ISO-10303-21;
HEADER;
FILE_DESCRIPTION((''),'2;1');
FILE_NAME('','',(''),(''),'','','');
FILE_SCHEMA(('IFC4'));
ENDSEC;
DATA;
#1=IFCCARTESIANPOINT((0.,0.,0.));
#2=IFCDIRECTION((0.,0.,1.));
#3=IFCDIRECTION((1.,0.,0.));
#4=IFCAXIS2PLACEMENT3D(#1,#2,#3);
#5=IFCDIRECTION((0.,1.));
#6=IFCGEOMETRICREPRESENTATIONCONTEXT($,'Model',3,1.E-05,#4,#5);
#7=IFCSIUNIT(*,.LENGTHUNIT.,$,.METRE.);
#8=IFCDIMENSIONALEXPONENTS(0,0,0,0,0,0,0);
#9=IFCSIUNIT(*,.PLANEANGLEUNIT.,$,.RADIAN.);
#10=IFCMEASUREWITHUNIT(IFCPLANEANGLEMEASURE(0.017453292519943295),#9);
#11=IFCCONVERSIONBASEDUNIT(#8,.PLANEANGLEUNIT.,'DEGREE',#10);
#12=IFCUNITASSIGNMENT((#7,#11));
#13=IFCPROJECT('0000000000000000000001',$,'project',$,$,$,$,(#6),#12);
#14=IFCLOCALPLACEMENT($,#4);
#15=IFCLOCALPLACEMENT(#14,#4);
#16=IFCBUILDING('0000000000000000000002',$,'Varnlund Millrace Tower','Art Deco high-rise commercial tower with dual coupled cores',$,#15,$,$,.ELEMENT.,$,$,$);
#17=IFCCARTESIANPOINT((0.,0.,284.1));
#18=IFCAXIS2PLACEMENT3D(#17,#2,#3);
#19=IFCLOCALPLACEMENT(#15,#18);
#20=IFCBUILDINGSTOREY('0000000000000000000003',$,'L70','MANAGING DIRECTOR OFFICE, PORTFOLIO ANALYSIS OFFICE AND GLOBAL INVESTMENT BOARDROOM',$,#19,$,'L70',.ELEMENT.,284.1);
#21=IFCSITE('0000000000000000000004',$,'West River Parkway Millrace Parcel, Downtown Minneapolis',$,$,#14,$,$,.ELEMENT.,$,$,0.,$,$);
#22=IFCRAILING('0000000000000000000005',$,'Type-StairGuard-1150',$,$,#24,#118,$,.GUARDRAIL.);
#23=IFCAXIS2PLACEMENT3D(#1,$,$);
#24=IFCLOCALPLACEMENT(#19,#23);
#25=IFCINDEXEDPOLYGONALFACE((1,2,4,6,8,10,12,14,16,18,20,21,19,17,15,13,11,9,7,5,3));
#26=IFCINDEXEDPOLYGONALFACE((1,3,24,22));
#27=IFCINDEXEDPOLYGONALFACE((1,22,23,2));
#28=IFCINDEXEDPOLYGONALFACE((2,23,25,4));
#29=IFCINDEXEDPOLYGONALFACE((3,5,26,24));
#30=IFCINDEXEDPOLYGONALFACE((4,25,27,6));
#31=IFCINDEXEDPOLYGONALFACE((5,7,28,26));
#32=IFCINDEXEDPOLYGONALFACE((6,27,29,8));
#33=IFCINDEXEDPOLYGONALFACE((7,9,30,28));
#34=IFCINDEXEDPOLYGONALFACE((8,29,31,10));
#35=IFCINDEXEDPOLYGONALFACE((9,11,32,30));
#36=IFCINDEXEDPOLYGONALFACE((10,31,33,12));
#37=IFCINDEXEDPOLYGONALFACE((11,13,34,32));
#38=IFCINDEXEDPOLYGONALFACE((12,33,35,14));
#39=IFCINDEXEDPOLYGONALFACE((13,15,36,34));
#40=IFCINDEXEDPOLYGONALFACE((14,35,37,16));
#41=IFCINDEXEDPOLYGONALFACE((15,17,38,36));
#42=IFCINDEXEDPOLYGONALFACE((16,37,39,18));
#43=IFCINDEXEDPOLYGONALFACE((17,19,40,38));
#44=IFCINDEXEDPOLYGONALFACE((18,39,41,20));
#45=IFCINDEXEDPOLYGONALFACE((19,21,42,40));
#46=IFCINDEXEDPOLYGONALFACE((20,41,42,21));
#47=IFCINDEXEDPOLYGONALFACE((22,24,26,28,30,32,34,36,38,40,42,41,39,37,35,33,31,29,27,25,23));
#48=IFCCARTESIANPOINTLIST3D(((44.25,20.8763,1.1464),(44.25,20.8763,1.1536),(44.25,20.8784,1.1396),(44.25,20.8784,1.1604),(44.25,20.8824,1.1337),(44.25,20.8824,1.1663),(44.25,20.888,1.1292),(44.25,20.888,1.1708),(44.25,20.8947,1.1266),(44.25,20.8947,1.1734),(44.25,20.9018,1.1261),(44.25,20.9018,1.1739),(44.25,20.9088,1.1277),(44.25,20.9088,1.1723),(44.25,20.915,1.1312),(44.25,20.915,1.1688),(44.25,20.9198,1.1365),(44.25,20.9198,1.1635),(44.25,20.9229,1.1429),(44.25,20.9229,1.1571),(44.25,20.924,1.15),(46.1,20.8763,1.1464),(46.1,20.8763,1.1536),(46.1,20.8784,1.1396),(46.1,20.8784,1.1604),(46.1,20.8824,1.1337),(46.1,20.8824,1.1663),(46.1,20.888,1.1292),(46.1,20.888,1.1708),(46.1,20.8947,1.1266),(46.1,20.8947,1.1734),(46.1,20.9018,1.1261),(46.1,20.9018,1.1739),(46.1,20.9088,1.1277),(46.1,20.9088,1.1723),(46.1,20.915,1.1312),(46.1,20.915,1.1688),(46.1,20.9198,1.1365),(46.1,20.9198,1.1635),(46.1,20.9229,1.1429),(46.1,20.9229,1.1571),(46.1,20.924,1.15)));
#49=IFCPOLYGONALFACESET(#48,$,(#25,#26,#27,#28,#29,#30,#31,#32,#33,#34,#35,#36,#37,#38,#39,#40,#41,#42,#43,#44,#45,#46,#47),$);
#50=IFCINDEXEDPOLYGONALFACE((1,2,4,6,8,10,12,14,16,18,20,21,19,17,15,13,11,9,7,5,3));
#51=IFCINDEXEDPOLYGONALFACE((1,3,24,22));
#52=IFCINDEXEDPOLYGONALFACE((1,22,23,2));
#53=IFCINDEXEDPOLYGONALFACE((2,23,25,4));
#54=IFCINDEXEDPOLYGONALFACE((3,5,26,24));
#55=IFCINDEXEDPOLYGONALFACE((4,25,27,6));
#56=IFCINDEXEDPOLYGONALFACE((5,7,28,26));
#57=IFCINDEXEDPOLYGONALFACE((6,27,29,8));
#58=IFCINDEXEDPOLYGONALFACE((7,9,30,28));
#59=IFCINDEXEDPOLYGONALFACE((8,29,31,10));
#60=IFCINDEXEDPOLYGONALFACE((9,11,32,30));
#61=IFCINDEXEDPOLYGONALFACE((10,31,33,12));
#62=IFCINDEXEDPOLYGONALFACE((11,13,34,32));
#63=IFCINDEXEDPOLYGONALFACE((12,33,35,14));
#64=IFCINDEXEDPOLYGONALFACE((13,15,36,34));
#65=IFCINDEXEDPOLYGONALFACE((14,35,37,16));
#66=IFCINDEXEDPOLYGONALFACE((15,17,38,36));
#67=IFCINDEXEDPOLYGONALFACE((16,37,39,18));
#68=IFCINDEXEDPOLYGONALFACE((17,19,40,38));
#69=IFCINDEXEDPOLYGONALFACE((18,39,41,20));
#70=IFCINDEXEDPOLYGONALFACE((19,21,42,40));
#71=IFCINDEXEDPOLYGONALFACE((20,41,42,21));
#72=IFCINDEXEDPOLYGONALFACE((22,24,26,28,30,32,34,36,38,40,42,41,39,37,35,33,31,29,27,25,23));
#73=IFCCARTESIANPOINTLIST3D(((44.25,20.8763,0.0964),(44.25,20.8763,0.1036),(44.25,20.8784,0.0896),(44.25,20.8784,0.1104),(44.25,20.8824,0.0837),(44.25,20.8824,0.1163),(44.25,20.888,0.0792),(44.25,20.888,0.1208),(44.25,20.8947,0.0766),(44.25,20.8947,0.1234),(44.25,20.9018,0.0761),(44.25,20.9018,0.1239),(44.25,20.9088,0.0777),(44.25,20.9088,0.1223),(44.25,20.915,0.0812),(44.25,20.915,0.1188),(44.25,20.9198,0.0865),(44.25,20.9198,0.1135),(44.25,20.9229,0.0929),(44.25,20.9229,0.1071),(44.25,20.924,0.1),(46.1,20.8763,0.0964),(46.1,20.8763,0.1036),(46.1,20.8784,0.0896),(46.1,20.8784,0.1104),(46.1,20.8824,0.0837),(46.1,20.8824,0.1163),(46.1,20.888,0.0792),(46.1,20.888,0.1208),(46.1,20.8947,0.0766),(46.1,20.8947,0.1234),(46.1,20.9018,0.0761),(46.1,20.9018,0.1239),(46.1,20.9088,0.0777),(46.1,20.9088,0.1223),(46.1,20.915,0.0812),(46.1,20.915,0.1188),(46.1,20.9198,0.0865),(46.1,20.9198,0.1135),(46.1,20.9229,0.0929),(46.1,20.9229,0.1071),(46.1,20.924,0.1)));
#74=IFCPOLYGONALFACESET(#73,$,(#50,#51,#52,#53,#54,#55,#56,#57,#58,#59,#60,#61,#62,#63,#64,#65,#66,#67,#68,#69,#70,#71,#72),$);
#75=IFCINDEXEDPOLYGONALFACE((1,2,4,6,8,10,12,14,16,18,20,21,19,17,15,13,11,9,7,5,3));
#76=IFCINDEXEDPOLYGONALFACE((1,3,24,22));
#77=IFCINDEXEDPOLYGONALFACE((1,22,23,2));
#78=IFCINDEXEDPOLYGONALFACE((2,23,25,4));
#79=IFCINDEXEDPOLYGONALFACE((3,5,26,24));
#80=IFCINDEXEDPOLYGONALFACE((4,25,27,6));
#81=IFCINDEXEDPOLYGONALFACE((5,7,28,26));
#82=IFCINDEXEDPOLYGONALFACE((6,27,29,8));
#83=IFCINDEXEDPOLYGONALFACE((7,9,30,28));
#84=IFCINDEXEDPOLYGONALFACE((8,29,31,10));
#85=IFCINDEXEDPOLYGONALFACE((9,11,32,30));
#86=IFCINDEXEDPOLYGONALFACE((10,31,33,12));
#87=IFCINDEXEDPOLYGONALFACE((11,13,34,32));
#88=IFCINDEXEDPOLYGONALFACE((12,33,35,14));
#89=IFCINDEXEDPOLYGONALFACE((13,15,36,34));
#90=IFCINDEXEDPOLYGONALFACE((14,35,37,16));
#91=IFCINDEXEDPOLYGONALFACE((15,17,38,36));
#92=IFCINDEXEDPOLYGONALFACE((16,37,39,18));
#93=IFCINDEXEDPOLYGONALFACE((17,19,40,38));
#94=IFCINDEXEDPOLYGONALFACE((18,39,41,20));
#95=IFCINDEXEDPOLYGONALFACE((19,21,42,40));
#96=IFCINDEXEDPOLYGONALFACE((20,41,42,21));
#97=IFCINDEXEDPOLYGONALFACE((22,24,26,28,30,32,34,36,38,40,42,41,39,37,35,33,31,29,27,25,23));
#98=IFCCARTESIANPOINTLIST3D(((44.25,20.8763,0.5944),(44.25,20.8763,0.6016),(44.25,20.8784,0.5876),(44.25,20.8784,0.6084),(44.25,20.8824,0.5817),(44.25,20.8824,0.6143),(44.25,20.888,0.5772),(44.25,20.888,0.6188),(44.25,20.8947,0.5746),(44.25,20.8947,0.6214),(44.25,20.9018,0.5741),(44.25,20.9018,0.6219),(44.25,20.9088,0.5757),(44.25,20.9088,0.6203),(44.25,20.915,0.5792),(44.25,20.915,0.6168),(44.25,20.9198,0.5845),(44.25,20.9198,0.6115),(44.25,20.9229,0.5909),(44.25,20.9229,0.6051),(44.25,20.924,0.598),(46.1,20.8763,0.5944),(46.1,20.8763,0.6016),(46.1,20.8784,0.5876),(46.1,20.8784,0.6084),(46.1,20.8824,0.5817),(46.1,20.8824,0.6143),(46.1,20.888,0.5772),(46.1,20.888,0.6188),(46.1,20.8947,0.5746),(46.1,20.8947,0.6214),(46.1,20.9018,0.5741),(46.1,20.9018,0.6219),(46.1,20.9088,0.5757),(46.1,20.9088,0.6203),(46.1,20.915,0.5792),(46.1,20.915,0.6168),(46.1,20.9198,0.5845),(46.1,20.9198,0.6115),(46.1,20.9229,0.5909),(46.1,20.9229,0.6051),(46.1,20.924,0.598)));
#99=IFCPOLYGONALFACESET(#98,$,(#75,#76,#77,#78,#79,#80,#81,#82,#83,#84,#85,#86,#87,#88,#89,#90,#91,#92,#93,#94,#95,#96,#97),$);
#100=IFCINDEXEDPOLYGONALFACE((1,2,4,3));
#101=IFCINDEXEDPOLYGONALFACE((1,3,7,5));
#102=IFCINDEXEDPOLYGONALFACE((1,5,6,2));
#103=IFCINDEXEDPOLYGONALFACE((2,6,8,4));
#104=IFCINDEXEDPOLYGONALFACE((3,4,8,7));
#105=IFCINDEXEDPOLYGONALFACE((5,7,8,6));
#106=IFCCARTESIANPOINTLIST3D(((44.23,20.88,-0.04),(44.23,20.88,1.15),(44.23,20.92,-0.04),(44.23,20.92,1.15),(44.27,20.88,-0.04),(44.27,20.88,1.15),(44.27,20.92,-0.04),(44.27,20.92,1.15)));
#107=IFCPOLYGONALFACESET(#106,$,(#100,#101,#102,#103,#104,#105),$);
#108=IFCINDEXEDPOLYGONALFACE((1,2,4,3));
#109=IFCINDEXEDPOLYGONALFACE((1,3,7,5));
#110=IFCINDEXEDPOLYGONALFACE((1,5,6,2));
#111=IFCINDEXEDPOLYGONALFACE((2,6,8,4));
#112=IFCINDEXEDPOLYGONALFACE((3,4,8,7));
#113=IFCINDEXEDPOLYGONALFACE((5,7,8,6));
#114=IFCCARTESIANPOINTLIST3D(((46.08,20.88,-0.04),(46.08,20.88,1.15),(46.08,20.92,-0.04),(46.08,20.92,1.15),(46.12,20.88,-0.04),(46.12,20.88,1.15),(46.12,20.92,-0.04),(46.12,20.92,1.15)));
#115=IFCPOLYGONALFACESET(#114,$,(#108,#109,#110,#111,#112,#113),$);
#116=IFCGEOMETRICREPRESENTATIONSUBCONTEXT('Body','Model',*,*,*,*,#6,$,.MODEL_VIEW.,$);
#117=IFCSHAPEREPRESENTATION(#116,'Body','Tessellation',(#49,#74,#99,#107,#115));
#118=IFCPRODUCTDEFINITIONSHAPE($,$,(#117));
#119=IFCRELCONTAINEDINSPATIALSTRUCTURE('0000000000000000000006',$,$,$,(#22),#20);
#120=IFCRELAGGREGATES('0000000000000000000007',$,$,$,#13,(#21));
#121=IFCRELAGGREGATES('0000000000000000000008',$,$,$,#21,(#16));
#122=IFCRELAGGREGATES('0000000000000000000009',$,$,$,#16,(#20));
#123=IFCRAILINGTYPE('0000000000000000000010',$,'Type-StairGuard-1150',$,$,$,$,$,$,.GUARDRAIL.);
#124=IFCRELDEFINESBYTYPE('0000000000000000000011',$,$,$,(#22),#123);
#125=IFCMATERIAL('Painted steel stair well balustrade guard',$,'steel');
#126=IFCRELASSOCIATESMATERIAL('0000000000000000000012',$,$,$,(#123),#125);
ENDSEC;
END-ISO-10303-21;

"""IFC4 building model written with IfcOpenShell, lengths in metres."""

from ifc_helpers import new_model, entity, si_unit, converted_unit, direction, frame, origin_with_axes, origin_2d_with_axis, place, context, subcontext, project, spatial, rectangle, circle, extrude, material, type_object, element, save


model = new_model("IFC4")

# Units and contexts
model_context = context("Model", 3, precision=1e-05, world=origin_with_axes(), true_north=direction((0.0, 1.0)))
body_context = subcontext(model_context, "Body", "Model", "MODEL_VIEW")
ifc_project = project(units=[si_unit("LENGTHUNIT", "METRE"), converted_unit("PLANEANGLEUNIT", "DEGREE", entity("IfcPlaneAngleMeasure", 0.017453292519943295), si_unit("PLANEANGLEUNIT", "RADIAN"), dimensions=[0, 0, 0, 0, 0, 0, 0])], contexts=[model_context])

# Site, building, storey
site_placement = place(None, origin_with_axes())
site = spatial("IfcSite", under=ifc_project, at=site_placement, Name="West River Parkway Millrace Parcel, Downtown Minneapolis", CompositionType="ELEMENT", RefElevation=0.0)
building_placement = place(site_placement, origin_with_axes())
building = spatial("IfcBuilding", under=site, at=building_placement, Name="Varnlund Millrace Tower", Description="Art Deco high-rise commercial tower with dual coupled cores", CompositionType="ELEMENT")
storey_placement = place(building_placement, frame((0.0, 0.0, 284.1), z_axis=(0.0, 0.0, 1.0), x_axis=(1.0, 0.0, 0.0)))
storey = spatial("IfcBuildingStorey", under=building, at=storey_placement, Name="L70", Description="MANAGING DIRECTOR OFFICE, PORTFOLIO ANALYSIS OFFICE AND GLOBAL INVESTMENT BOARDROOM", LongName="L70", CompositionType="ELEMENT", Elevation=284.1)

# Railing
ifc_material_1 = material(Name="Painted steel stair well balustrade guard", Category="steel")
railing_type_1 = type_object("IfcRailingType", Name="Type-StairGuard-1150", PredefinedType="GUARDRAIL", material=ifc_material_1)
railing_1_placement = place(storey_placement, frame((0.0, 0.0, -284.1), z_axis=(0.0, 0.0, 1.0), x_axis=(1.0, 0.0, 0.0)))
element("IfcRailing", 1, at=railing_1_placement, inside=storey, type_object=railing_type_1, Name="Type-StairGuard-1150", PredefinedType="GUARDRAIL", context=body_context, shape_type="SweptSolid", body=[
    extrude(circle(Radius=0.024, at=origin_2d_with_axis()), frame((44.25, 20.9, 285.25), z_axis=(1.0, 0.0, 0.0), x_axis=(0.0, 1.0, 0.0)), (0.0, 0.0, 1.0), 1.85),
    extrude(circle(Radius=0.024, at=origin_2d_with_axis()), frame((44.25, 20.9, 284.2), z_axis=(1.0, 0.0, 0.0), x_axis=(0.0, 1.0, 0.0)), (0.0, 0.0, 1.0), 1.85),
    extrude(circle(Radius=0.024, at=origin_2d_with_axis()), frame((44.25, 20.9, 284.698), z_axis=(1.0, 0.0, 0.0), x_axis=(0.0, 1.0, 0.0)), (0.0, 0.0, 1.0), 1.85),
    extrude(rectangle(XDim=0.04, YDim=0.04, at=origin_2d_with_axis()), frame((44.25, 20.9, 284.06), z_axis=(0.0, 0.0, 1.0), x_axis=(1.0, 0.0, 0.0)), (0.0, 0.0, 1.0), 1.19),
    extrude(rectangle(XDim=0.04, YDim=0.04, at=origin_2d_with_axis()), frame((46.1, 20.9, 284.06), z_axis=(0.0, 0.0, 1.0), x_axis=(1.0, 0.0, 0.0)), (0.0, 0.0, 1.0), 1.19),
])

save(model, "model.ifc")
